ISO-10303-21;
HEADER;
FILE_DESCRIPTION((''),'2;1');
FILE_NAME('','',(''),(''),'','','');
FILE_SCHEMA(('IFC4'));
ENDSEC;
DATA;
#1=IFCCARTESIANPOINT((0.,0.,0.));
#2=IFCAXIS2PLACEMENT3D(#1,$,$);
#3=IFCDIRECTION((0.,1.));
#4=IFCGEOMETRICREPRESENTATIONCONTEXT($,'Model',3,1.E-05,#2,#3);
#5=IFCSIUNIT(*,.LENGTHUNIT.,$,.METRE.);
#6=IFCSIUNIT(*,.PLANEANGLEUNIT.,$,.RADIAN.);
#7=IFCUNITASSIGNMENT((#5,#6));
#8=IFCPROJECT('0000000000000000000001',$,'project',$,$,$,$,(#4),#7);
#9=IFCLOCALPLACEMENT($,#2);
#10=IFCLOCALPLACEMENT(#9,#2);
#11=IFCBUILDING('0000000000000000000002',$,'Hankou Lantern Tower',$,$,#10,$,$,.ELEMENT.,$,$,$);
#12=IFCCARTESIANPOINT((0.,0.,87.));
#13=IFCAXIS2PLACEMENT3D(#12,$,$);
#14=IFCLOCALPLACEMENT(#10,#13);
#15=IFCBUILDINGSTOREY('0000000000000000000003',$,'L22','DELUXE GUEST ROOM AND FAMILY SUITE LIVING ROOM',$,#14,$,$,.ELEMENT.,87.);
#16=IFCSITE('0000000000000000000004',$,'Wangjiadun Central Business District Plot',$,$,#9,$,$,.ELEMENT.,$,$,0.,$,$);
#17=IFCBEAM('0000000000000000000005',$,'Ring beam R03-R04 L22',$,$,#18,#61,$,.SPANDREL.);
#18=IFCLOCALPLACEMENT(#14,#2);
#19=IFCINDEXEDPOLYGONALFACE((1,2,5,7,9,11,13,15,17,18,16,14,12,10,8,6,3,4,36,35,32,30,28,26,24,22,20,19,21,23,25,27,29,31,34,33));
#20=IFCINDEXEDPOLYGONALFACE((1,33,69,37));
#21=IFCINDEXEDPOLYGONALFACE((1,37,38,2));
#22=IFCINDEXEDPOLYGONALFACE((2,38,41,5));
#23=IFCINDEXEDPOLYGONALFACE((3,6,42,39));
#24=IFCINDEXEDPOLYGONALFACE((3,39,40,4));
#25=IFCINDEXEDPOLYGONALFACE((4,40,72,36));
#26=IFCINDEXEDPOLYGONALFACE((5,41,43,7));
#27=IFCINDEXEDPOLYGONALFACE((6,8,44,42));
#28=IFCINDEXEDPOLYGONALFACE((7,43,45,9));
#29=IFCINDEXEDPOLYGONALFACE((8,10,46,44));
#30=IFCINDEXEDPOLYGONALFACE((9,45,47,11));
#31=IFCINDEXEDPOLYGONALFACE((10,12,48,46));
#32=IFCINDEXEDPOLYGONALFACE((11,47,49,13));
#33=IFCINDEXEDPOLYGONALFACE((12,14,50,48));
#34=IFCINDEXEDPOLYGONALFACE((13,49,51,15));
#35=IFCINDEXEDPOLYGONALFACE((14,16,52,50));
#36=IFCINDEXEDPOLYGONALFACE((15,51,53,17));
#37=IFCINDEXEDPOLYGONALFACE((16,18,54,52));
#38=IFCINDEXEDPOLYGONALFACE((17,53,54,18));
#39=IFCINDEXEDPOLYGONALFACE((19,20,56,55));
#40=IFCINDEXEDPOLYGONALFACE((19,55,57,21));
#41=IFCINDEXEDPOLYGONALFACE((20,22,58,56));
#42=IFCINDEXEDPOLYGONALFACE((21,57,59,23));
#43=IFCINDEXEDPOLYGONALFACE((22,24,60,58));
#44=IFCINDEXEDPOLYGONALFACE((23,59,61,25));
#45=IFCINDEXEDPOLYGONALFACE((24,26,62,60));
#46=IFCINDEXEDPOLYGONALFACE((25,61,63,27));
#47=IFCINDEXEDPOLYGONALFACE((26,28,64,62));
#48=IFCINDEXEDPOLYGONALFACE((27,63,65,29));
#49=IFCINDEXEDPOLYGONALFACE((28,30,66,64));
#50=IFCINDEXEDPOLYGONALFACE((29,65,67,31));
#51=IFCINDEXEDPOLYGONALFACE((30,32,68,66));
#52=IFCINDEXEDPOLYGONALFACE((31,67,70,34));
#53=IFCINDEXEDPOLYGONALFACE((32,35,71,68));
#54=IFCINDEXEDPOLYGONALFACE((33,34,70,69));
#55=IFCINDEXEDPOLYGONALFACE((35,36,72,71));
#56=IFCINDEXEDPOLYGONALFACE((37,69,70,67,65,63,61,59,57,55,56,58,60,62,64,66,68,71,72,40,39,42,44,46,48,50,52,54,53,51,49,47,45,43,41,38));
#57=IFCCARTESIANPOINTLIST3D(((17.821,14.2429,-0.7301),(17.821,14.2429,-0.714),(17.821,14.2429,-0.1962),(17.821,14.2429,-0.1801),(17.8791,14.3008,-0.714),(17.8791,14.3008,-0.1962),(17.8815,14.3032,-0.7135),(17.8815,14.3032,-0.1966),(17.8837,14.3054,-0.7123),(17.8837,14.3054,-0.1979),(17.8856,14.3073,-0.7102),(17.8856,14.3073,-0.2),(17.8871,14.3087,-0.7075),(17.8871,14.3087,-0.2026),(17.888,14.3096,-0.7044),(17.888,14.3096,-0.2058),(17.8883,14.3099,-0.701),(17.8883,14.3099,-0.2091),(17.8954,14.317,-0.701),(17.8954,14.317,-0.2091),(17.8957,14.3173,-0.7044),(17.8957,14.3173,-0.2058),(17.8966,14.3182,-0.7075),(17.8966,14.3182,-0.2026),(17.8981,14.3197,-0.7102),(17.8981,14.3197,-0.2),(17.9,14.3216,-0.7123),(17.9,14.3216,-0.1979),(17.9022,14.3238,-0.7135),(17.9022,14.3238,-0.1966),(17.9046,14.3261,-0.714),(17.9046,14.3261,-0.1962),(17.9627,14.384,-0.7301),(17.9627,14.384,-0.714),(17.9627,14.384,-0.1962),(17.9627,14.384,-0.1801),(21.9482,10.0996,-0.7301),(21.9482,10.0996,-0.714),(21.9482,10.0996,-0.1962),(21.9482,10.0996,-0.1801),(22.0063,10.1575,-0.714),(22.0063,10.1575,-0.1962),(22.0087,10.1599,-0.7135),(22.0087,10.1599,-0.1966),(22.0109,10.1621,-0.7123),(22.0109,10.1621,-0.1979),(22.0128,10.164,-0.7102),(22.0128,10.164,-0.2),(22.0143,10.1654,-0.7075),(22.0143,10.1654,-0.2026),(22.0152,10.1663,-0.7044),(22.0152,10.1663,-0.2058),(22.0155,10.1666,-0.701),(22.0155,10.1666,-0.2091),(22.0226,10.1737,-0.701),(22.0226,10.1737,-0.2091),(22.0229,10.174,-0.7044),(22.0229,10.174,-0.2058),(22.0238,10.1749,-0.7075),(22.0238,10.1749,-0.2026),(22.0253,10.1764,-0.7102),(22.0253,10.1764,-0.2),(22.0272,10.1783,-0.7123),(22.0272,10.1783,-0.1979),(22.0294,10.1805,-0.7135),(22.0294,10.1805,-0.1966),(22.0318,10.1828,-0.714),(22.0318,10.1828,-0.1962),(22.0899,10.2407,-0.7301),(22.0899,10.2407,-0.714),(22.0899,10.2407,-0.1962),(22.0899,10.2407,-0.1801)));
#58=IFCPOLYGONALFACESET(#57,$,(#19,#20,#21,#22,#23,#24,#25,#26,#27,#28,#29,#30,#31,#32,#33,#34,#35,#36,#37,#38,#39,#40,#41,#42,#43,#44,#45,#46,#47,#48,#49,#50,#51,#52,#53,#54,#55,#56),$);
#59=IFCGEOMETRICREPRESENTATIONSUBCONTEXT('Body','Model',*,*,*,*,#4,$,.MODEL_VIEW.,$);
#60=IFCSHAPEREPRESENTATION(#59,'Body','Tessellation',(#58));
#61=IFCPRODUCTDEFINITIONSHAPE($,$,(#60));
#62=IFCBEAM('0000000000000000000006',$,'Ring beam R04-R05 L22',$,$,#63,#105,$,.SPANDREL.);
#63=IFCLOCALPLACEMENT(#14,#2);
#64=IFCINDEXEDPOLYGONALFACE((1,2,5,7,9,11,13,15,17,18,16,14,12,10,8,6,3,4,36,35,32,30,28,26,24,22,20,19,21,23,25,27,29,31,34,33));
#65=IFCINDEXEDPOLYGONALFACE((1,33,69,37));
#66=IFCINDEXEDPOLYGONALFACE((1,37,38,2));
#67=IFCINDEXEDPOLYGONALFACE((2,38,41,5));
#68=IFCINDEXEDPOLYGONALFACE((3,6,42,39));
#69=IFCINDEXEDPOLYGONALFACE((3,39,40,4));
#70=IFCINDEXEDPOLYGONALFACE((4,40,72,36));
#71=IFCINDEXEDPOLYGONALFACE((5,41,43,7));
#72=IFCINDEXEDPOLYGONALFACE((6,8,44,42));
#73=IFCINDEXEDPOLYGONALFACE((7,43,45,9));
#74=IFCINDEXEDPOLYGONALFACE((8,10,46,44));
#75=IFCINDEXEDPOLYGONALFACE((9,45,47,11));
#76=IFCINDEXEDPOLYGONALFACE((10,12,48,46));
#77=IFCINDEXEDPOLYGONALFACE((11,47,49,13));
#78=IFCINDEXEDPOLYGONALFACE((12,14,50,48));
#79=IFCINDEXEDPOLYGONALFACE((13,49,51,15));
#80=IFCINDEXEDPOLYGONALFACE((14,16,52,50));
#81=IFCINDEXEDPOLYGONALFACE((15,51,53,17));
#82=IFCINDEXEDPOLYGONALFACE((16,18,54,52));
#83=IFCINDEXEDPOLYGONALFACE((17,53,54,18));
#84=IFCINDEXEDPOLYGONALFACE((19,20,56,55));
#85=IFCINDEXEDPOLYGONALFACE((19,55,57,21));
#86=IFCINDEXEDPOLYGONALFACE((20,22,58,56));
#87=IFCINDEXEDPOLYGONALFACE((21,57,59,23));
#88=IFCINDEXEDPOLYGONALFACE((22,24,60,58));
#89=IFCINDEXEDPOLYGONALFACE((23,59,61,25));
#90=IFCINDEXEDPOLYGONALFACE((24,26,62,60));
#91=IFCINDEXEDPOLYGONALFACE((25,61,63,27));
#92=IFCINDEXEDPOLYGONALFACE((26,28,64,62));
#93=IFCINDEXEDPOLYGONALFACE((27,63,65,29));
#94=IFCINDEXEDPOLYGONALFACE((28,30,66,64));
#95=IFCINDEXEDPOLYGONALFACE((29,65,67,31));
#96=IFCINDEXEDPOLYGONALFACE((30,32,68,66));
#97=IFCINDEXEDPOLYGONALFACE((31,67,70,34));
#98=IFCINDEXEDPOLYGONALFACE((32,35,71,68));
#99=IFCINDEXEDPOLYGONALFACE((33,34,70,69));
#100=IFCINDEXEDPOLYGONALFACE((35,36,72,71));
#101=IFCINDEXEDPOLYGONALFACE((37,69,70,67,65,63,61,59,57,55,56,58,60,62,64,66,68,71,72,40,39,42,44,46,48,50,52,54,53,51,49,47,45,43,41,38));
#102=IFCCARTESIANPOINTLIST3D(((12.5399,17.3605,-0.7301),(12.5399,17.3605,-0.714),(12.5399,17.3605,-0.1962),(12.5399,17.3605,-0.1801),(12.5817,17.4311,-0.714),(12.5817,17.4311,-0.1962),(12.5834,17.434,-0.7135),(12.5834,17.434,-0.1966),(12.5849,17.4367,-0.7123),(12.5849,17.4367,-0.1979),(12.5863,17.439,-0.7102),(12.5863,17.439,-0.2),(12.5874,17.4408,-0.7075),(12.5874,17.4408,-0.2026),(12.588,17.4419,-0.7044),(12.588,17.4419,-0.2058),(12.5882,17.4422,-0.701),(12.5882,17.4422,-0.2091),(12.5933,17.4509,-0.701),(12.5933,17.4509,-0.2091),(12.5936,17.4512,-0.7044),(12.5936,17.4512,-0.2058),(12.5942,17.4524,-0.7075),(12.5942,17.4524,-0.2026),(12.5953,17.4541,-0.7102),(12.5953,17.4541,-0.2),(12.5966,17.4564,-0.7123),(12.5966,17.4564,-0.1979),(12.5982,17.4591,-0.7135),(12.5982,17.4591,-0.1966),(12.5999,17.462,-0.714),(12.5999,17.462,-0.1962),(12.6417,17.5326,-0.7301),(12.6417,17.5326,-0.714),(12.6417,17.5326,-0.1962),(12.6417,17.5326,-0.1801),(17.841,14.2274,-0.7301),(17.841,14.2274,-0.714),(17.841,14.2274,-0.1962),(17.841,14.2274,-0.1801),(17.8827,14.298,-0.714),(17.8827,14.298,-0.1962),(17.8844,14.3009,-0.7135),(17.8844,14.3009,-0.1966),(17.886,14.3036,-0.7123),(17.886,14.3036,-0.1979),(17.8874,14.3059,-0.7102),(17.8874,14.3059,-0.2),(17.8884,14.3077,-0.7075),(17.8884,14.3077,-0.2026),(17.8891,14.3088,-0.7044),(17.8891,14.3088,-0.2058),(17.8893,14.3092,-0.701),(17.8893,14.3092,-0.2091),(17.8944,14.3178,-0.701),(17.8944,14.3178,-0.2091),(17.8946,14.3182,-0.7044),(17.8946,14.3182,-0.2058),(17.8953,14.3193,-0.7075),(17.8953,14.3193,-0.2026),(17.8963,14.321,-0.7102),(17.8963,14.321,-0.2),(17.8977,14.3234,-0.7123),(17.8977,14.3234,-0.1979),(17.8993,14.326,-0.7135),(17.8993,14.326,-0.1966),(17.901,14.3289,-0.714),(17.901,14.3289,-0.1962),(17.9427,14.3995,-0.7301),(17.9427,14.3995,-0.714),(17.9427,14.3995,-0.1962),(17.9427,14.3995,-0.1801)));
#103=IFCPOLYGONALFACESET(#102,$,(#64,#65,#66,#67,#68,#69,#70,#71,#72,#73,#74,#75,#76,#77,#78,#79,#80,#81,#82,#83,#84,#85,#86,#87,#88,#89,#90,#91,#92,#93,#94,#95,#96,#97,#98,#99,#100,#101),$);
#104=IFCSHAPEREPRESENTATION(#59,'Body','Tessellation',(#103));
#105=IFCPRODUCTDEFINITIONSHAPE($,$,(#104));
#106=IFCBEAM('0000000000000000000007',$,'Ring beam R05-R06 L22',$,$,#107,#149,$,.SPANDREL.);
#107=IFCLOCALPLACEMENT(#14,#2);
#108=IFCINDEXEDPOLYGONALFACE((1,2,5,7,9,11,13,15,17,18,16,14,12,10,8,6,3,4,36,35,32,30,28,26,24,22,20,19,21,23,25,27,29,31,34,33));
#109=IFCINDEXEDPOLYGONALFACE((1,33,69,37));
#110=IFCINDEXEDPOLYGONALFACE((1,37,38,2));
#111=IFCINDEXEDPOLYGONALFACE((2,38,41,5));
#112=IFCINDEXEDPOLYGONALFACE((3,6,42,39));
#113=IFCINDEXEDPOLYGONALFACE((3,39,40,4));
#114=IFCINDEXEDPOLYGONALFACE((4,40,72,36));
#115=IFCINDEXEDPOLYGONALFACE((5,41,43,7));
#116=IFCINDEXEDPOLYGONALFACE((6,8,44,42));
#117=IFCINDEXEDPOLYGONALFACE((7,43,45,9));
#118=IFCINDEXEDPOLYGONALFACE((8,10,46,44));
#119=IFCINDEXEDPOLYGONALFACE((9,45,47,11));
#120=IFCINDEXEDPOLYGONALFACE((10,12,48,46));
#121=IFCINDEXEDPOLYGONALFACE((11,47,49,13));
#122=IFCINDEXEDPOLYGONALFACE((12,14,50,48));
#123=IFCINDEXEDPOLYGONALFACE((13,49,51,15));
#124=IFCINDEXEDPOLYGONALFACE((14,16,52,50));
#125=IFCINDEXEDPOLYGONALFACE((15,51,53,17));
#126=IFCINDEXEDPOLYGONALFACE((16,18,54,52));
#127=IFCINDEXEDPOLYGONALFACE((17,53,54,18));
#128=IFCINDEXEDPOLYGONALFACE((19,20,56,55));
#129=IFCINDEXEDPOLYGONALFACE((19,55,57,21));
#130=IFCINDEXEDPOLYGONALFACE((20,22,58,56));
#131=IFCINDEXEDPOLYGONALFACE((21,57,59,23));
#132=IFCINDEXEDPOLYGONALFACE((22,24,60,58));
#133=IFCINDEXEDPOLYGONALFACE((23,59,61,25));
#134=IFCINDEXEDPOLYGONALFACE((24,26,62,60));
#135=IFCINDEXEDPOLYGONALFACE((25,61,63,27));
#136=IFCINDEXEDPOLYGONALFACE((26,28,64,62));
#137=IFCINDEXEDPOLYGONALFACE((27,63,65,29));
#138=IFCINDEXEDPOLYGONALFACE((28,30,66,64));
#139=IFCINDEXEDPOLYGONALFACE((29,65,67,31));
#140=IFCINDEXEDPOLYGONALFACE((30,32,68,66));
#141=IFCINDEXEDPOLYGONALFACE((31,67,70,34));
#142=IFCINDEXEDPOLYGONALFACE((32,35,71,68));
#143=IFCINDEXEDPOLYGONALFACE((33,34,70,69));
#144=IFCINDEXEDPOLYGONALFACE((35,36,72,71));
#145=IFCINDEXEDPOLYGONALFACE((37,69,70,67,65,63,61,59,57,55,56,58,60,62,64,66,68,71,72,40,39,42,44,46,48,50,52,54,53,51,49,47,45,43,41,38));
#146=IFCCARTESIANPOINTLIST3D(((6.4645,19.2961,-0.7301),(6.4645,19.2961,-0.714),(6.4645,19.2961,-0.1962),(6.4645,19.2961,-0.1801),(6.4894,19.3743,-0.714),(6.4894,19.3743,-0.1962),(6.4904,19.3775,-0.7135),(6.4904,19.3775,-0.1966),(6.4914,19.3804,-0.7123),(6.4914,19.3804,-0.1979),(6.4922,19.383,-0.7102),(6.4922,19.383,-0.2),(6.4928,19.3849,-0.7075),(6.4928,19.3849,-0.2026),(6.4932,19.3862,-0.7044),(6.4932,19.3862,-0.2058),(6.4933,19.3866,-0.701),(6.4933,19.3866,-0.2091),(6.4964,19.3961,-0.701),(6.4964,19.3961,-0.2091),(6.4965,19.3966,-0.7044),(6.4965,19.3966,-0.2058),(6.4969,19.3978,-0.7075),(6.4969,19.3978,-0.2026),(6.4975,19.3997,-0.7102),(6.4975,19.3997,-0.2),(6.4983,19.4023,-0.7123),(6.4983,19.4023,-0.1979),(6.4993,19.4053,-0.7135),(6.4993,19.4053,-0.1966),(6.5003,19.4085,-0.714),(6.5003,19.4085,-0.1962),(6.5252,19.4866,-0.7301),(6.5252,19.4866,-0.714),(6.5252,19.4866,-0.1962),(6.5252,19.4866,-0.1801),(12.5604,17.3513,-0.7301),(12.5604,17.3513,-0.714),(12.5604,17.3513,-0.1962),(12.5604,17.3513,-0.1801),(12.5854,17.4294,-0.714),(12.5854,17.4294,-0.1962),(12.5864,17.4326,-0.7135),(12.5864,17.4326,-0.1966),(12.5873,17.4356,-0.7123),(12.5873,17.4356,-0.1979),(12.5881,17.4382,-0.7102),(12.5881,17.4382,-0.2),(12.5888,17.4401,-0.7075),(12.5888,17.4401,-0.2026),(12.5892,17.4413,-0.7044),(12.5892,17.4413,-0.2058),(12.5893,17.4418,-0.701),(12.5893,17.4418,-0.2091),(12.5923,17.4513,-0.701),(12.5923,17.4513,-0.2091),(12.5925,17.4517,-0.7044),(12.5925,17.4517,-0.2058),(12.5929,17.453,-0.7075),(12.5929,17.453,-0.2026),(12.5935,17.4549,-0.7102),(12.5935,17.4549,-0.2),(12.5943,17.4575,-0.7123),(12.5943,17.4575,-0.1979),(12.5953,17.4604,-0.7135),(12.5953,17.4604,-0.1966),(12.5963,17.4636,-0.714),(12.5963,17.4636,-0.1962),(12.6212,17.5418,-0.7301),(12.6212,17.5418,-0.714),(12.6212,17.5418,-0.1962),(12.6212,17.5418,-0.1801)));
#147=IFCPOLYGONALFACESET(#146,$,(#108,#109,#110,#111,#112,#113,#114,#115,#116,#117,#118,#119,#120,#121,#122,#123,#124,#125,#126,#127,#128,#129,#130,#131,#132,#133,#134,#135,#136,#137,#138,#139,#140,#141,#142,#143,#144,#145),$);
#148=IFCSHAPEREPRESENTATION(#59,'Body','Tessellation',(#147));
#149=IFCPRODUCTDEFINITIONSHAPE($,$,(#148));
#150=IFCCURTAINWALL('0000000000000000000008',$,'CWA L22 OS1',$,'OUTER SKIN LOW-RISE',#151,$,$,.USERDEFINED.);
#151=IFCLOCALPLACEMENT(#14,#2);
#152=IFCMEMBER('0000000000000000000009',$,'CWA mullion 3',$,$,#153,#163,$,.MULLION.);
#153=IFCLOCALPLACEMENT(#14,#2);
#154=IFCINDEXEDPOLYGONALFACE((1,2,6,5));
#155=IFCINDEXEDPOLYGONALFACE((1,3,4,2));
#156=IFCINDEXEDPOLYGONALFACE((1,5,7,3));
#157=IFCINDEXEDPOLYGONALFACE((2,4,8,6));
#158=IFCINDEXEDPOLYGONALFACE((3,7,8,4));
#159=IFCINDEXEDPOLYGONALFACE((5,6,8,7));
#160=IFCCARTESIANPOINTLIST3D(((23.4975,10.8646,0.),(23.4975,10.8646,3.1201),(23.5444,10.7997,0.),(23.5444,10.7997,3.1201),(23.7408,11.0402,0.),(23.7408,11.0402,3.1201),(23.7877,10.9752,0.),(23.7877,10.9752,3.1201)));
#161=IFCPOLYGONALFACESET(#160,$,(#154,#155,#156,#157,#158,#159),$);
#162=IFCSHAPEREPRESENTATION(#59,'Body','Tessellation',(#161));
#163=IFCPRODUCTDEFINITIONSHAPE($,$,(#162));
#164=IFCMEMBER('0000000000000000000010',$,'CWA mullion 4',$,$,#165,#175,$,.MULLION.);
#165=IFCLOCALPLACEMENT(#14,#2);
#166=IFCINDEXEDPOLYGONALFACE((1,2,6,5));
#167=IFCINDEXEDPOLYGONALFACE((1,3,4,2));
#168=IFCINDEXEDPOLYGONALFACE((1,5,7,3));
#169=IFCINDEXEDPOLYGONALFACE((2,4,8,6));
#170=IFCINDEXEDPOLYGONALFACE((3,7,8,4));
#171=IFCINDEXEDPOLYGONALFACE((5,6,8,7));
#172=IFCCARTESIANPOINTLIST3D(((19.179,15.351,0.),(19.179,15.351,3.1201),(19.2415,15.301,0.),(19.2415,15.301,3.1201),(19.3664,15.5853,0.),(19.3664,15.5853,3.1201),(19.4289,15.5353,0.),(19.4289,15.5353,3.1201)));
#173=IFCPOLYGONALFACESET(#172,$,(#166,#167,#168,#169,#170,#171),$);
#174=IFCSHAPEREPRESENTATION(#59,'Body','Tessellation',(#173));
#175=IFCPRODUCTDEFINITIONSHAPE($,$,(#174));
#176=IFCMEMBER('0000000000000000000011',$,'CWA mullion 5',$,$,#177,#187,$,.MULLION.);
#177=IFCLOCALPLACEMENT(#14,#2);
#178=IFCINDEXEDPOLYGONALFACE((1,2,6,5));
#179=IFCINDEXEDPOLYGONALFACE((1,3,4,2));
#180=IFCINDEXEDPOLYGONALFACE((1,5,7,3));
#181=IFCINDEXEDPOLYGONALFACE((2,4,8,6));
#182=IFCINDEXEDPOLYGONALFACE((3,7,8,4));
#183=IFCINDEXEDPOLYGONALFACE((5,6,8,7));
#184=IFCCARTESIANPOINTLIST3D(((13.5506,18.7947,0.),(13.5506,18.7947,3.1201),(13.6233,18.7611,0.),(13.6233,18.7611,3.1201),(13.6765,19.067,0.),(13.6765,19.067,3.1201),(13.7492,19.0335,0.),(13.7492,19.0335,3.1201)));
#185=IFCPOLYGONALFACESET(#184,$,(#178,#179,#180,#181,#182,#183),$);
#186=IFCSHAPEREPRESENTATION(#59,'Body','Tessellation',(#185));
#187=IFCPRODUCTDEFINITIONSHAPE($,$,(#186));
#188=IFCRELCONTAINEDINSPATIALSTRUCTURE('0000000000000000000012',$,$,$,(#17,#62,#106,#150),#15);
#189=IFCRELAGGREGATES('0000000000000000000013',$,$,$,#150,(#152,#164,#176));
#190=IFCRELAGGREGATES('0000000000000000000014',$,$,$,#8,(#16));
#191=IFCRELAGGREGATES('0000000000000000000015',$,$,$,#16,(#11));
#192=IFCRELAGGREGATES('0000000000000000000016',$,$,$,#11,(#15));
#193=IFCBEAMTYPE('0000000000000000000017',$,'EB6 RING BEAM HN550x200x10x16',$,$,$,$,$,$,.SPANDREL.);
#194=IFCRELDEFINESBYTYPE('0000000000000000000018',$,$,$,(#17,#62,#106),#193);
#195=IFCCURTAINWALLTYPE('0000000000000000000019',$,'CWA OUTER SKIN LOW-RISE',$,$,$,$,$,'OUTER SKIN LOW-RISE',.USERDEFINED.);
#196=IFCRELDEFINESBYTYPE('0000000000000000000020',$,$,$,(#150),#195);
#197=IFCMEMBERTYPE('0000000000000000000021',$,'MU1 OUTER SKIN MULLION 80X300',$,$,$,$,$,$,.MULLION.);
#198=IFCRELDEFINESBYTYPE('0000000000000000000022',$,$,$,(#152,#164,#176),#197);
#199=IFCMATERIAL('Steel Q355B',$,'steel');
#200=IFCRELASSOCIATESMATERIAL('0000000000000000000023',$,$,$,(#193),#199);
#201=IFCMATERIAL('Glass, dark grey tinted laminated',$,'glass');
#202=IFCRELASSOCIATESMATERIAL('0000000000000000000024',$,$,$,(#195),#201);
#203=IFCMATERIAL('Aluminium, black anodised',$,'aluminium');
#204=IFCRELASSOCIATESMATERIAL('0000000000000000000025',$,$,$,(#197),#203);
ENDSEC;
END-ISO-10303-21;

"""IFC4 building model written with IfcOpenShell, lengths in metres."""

from ifc_helpers import new_model, si_unit, direction, frame, origin, origin_2d, place, context, subcontext, project, spatial, rectangle, i_section, extrude, material, material_profile, profile_set, type_object, element, aggregate, save


model = new_model("IFC4")

# Units and contexts
model_context = context("Model", 3, precision=1e-05, world=origin(), true_north=direction((0.0, 1.0)))
body_context = subcontext(model_context, "Body", "Model", "MODEL_VIEW")
ifc_project = project(units=[si_unit("LENGTHUNIT", "METRE"), si_unit("PLANEANGLEUNIT", "RADIAN")], contexts=[model_context])

# Site, building, storey
site_placement = place(None, origin())
site = spatial("IfcSite", under=ifc_project, at=site_placement, Name="Wangjiadun Central Business District Plot", CompositionType="ELEMENT", RefElevation=0.0)
building_placement = place(site_placement, origin())
building = spatial("IfcBuilding", under=site, at=building_placement, Name="Hankou Lantern Tower", CompositionType="ELEMENT")
storey_placement = place(building_placement, frame((0.0, 0.0, 87.0)))
storey = spatial("IfcBuildingStorey", under=building, at=storey_placement, Name="L22", Description="DELUXE GUEST ROOM AND FAMILY SUITE LIVING ROOM", CompositionType="ELEMENT", Elevation=87.0)

# Beams
ifc_material_1 = material(Name="Steel Q355B", Category="steel")
ifc_material_profile_1 = material_profile(ifc_material_1, i_section(OverallWidth=0.2, OverallDepth=0.55, WebThickness=0.01, FlangeThickness=0.0161, FilletRadius=0.0129, at=origin_2d()), Name="HN550x200x10x16")
ifc_profile_set_1 = profile_set([ifc_material_profile_1], Name="Steel Q355B")
beam_type_1 = type_object("IfcBeamType", Name="EB6 RING BEAM HN550x200x10x16", PredefinedType="SPANDREL", material=ifc_profile_set_1)
beam_1_placement = place(storey_placement, frame((22.019, 10.1702, -0.4551), z_axis=(-0.705728, 0.708483, 0.0), x_axis=(-0.708483, -0.705728, 0.0)))
element("IfcBeam", 1, at=beam_1_placement, inside=storey, type_object=beam_type_1, Name="Ring beam R03-R04 L22", PredefinedType="SPANDREL", context=body_context, shape_type="SweptSolid", body=[
    extrude(i_section(OverallWidth=0.2, OverallDepth=0.55, WebThickness=0.01, FlangeThickness=0.0161, FilletRadius=0.0129, at=origin_2d()), origin(), (0.0, 0.0, 1.0), 5.8481),
])
beam_2_placement = place(storey_placement, frame((17.8918, 14.3135, -0.4551), z_axis=(-0.860882, 0.508805, 0.0), x_axis=(-0.508805, -0.860882, 0.0)))
element("IfcBeam", 2, at=beam_2_placement, inside=storey, type_object=beam_type_1, Name="Ring beam R04-R05 L22", PredefinedType="SPANDREL", context=body_context, shape_type="SweptSolid", body=[
    extrude(i_section(OverallWidth=0.2, OverallDepth=0.55, WebThickness=0.01, FlangeThickness=0.0161, FilletRadius=0.0129, at=origin_2d()), origin(), (0.0, 0.0, 1.0), 6.1577),
])
beam_3_placement = place(storey_placement, frame((12.5908, 17.4465, -0.4551), z_axis=(-0.95269, 0.303942, 0.0), x_axis=(-0.303942, -0.95269, 0.0)))
element("IfcBeam", 3, at=beam_3_placement, inside=storey, type_object=beam_type_1, Name="Ring beam R05-R06 L22", PredefinedType="SPANDREL", context=body_context, shape_type="SweptSolid", body=[
    extrude(i_section(OverallWidth=0.2, OverallDepth=0.55, WebThickness=0.01, FlangeThickness=0.0161, FilletRadius=0.0129, at=origin_2d()), origin(), (0.0, 0.0, 1.0), 6.3987),
])

# Curtain wall, members
ifc_material_2 = material(Name="Glass, dark grey tinted laminated", Category="glass")
curtain_wall_type = type_object("IfcCurtainWallType", Name="CWA OUTER SKIN LOW-RISE", ElementType="OUTER SKIN LOW-RISE", PredefinedType="USERDEFINED", material=ifc_material_2)
curtain_wall_placement = place(storey_placement, origin())
curtain_wall = element("IfcCurtainWall", 4, at=curtain_wall_placement, inside=storey, type_object=curtain_wall_type, Name="CWA L22 OS1", ObjectType="OUTER SKIN LOW-RISE", PredefinedType="USERDEFINED")
ifc_material_3 = material(Name="Aluminium, black anodised", Category="aluminium")
ifc_material_profile_2 = material_profile(ifc_material_3, rectangle(XDim=0.0801, YDim=0.3, at=origin_2d()), Name="MU1 80X300")
ifc_profile_set_2 = profile_set([ifc_material_profile_2], Name="Aluminium, black anodised")
member_type_1 = type_object("IfcMemberType", Name="MU1 OUTER SKIN MULLION 80X300", PredefinedType="MULLION", material=ifc_profile_set_2)
member_1_placement = place(storey_placement, frame((23.6426, 10.9199, 0.0), z_axis=(0.0, 0.0, 1.0), x_axis=(-0.585206, 0.810885, 0.0)))
member_1 = element("IfcMember", 5, at=member_1_placement, type_object=member_type_1, Name="CWA mullion 3", PredefinedType="MULLION", context=body_context, shape_type="SweptSolid", body=[
    extrude(rectangle(XDim=0.0801, YDim=0.3, at=origin_2d()), origin(), (0.0, 0.0, 1.0), 3.1201),
])
member_2_placement = place(storey_placement, frame((19.304, 15.4431, 0.0), z_axis=(0.0, 0.0, 1.0), x_axis=(-0.780869, 0.624695, 0.0)))
member_2 = element("IfcMember", 6, at=member_2_placement, type_object=member_type_1, Name="CWA mullion 4", PredefinedType="MULLION", context=body_context, shape_type="SweptSolid", body=[
    extrude(rectangle(XDim=0.0801, YDim=0.3, at=origin_2d()), origin(), (0.0, 0.0, 1.0), 3.1201),
])
member_3_placement = place(storey_placement, frame((13.6499, 18.9141, 0.0), z_axis=(0.0, 0.0, 1.0), x_axis=(-0.907841, 0.419314, 0.0)))
member_3 = element("IfcMember", 7, at=member_3_placement, type_object=member_type_1, Name="CWA mullion 5", PredefinedType="MULLION", context=body_context, shape_type="SweptSolid", body=[
    extrude(rectangle(XDim=0.0801, YDim=0.3, at=origin_2d()), origin(), (0.0, 0.0, 1.0), 3.1201),
])

aggregate(curtain_wall, [member_1, member_2, member_3])

save(model, "model.ifc")
